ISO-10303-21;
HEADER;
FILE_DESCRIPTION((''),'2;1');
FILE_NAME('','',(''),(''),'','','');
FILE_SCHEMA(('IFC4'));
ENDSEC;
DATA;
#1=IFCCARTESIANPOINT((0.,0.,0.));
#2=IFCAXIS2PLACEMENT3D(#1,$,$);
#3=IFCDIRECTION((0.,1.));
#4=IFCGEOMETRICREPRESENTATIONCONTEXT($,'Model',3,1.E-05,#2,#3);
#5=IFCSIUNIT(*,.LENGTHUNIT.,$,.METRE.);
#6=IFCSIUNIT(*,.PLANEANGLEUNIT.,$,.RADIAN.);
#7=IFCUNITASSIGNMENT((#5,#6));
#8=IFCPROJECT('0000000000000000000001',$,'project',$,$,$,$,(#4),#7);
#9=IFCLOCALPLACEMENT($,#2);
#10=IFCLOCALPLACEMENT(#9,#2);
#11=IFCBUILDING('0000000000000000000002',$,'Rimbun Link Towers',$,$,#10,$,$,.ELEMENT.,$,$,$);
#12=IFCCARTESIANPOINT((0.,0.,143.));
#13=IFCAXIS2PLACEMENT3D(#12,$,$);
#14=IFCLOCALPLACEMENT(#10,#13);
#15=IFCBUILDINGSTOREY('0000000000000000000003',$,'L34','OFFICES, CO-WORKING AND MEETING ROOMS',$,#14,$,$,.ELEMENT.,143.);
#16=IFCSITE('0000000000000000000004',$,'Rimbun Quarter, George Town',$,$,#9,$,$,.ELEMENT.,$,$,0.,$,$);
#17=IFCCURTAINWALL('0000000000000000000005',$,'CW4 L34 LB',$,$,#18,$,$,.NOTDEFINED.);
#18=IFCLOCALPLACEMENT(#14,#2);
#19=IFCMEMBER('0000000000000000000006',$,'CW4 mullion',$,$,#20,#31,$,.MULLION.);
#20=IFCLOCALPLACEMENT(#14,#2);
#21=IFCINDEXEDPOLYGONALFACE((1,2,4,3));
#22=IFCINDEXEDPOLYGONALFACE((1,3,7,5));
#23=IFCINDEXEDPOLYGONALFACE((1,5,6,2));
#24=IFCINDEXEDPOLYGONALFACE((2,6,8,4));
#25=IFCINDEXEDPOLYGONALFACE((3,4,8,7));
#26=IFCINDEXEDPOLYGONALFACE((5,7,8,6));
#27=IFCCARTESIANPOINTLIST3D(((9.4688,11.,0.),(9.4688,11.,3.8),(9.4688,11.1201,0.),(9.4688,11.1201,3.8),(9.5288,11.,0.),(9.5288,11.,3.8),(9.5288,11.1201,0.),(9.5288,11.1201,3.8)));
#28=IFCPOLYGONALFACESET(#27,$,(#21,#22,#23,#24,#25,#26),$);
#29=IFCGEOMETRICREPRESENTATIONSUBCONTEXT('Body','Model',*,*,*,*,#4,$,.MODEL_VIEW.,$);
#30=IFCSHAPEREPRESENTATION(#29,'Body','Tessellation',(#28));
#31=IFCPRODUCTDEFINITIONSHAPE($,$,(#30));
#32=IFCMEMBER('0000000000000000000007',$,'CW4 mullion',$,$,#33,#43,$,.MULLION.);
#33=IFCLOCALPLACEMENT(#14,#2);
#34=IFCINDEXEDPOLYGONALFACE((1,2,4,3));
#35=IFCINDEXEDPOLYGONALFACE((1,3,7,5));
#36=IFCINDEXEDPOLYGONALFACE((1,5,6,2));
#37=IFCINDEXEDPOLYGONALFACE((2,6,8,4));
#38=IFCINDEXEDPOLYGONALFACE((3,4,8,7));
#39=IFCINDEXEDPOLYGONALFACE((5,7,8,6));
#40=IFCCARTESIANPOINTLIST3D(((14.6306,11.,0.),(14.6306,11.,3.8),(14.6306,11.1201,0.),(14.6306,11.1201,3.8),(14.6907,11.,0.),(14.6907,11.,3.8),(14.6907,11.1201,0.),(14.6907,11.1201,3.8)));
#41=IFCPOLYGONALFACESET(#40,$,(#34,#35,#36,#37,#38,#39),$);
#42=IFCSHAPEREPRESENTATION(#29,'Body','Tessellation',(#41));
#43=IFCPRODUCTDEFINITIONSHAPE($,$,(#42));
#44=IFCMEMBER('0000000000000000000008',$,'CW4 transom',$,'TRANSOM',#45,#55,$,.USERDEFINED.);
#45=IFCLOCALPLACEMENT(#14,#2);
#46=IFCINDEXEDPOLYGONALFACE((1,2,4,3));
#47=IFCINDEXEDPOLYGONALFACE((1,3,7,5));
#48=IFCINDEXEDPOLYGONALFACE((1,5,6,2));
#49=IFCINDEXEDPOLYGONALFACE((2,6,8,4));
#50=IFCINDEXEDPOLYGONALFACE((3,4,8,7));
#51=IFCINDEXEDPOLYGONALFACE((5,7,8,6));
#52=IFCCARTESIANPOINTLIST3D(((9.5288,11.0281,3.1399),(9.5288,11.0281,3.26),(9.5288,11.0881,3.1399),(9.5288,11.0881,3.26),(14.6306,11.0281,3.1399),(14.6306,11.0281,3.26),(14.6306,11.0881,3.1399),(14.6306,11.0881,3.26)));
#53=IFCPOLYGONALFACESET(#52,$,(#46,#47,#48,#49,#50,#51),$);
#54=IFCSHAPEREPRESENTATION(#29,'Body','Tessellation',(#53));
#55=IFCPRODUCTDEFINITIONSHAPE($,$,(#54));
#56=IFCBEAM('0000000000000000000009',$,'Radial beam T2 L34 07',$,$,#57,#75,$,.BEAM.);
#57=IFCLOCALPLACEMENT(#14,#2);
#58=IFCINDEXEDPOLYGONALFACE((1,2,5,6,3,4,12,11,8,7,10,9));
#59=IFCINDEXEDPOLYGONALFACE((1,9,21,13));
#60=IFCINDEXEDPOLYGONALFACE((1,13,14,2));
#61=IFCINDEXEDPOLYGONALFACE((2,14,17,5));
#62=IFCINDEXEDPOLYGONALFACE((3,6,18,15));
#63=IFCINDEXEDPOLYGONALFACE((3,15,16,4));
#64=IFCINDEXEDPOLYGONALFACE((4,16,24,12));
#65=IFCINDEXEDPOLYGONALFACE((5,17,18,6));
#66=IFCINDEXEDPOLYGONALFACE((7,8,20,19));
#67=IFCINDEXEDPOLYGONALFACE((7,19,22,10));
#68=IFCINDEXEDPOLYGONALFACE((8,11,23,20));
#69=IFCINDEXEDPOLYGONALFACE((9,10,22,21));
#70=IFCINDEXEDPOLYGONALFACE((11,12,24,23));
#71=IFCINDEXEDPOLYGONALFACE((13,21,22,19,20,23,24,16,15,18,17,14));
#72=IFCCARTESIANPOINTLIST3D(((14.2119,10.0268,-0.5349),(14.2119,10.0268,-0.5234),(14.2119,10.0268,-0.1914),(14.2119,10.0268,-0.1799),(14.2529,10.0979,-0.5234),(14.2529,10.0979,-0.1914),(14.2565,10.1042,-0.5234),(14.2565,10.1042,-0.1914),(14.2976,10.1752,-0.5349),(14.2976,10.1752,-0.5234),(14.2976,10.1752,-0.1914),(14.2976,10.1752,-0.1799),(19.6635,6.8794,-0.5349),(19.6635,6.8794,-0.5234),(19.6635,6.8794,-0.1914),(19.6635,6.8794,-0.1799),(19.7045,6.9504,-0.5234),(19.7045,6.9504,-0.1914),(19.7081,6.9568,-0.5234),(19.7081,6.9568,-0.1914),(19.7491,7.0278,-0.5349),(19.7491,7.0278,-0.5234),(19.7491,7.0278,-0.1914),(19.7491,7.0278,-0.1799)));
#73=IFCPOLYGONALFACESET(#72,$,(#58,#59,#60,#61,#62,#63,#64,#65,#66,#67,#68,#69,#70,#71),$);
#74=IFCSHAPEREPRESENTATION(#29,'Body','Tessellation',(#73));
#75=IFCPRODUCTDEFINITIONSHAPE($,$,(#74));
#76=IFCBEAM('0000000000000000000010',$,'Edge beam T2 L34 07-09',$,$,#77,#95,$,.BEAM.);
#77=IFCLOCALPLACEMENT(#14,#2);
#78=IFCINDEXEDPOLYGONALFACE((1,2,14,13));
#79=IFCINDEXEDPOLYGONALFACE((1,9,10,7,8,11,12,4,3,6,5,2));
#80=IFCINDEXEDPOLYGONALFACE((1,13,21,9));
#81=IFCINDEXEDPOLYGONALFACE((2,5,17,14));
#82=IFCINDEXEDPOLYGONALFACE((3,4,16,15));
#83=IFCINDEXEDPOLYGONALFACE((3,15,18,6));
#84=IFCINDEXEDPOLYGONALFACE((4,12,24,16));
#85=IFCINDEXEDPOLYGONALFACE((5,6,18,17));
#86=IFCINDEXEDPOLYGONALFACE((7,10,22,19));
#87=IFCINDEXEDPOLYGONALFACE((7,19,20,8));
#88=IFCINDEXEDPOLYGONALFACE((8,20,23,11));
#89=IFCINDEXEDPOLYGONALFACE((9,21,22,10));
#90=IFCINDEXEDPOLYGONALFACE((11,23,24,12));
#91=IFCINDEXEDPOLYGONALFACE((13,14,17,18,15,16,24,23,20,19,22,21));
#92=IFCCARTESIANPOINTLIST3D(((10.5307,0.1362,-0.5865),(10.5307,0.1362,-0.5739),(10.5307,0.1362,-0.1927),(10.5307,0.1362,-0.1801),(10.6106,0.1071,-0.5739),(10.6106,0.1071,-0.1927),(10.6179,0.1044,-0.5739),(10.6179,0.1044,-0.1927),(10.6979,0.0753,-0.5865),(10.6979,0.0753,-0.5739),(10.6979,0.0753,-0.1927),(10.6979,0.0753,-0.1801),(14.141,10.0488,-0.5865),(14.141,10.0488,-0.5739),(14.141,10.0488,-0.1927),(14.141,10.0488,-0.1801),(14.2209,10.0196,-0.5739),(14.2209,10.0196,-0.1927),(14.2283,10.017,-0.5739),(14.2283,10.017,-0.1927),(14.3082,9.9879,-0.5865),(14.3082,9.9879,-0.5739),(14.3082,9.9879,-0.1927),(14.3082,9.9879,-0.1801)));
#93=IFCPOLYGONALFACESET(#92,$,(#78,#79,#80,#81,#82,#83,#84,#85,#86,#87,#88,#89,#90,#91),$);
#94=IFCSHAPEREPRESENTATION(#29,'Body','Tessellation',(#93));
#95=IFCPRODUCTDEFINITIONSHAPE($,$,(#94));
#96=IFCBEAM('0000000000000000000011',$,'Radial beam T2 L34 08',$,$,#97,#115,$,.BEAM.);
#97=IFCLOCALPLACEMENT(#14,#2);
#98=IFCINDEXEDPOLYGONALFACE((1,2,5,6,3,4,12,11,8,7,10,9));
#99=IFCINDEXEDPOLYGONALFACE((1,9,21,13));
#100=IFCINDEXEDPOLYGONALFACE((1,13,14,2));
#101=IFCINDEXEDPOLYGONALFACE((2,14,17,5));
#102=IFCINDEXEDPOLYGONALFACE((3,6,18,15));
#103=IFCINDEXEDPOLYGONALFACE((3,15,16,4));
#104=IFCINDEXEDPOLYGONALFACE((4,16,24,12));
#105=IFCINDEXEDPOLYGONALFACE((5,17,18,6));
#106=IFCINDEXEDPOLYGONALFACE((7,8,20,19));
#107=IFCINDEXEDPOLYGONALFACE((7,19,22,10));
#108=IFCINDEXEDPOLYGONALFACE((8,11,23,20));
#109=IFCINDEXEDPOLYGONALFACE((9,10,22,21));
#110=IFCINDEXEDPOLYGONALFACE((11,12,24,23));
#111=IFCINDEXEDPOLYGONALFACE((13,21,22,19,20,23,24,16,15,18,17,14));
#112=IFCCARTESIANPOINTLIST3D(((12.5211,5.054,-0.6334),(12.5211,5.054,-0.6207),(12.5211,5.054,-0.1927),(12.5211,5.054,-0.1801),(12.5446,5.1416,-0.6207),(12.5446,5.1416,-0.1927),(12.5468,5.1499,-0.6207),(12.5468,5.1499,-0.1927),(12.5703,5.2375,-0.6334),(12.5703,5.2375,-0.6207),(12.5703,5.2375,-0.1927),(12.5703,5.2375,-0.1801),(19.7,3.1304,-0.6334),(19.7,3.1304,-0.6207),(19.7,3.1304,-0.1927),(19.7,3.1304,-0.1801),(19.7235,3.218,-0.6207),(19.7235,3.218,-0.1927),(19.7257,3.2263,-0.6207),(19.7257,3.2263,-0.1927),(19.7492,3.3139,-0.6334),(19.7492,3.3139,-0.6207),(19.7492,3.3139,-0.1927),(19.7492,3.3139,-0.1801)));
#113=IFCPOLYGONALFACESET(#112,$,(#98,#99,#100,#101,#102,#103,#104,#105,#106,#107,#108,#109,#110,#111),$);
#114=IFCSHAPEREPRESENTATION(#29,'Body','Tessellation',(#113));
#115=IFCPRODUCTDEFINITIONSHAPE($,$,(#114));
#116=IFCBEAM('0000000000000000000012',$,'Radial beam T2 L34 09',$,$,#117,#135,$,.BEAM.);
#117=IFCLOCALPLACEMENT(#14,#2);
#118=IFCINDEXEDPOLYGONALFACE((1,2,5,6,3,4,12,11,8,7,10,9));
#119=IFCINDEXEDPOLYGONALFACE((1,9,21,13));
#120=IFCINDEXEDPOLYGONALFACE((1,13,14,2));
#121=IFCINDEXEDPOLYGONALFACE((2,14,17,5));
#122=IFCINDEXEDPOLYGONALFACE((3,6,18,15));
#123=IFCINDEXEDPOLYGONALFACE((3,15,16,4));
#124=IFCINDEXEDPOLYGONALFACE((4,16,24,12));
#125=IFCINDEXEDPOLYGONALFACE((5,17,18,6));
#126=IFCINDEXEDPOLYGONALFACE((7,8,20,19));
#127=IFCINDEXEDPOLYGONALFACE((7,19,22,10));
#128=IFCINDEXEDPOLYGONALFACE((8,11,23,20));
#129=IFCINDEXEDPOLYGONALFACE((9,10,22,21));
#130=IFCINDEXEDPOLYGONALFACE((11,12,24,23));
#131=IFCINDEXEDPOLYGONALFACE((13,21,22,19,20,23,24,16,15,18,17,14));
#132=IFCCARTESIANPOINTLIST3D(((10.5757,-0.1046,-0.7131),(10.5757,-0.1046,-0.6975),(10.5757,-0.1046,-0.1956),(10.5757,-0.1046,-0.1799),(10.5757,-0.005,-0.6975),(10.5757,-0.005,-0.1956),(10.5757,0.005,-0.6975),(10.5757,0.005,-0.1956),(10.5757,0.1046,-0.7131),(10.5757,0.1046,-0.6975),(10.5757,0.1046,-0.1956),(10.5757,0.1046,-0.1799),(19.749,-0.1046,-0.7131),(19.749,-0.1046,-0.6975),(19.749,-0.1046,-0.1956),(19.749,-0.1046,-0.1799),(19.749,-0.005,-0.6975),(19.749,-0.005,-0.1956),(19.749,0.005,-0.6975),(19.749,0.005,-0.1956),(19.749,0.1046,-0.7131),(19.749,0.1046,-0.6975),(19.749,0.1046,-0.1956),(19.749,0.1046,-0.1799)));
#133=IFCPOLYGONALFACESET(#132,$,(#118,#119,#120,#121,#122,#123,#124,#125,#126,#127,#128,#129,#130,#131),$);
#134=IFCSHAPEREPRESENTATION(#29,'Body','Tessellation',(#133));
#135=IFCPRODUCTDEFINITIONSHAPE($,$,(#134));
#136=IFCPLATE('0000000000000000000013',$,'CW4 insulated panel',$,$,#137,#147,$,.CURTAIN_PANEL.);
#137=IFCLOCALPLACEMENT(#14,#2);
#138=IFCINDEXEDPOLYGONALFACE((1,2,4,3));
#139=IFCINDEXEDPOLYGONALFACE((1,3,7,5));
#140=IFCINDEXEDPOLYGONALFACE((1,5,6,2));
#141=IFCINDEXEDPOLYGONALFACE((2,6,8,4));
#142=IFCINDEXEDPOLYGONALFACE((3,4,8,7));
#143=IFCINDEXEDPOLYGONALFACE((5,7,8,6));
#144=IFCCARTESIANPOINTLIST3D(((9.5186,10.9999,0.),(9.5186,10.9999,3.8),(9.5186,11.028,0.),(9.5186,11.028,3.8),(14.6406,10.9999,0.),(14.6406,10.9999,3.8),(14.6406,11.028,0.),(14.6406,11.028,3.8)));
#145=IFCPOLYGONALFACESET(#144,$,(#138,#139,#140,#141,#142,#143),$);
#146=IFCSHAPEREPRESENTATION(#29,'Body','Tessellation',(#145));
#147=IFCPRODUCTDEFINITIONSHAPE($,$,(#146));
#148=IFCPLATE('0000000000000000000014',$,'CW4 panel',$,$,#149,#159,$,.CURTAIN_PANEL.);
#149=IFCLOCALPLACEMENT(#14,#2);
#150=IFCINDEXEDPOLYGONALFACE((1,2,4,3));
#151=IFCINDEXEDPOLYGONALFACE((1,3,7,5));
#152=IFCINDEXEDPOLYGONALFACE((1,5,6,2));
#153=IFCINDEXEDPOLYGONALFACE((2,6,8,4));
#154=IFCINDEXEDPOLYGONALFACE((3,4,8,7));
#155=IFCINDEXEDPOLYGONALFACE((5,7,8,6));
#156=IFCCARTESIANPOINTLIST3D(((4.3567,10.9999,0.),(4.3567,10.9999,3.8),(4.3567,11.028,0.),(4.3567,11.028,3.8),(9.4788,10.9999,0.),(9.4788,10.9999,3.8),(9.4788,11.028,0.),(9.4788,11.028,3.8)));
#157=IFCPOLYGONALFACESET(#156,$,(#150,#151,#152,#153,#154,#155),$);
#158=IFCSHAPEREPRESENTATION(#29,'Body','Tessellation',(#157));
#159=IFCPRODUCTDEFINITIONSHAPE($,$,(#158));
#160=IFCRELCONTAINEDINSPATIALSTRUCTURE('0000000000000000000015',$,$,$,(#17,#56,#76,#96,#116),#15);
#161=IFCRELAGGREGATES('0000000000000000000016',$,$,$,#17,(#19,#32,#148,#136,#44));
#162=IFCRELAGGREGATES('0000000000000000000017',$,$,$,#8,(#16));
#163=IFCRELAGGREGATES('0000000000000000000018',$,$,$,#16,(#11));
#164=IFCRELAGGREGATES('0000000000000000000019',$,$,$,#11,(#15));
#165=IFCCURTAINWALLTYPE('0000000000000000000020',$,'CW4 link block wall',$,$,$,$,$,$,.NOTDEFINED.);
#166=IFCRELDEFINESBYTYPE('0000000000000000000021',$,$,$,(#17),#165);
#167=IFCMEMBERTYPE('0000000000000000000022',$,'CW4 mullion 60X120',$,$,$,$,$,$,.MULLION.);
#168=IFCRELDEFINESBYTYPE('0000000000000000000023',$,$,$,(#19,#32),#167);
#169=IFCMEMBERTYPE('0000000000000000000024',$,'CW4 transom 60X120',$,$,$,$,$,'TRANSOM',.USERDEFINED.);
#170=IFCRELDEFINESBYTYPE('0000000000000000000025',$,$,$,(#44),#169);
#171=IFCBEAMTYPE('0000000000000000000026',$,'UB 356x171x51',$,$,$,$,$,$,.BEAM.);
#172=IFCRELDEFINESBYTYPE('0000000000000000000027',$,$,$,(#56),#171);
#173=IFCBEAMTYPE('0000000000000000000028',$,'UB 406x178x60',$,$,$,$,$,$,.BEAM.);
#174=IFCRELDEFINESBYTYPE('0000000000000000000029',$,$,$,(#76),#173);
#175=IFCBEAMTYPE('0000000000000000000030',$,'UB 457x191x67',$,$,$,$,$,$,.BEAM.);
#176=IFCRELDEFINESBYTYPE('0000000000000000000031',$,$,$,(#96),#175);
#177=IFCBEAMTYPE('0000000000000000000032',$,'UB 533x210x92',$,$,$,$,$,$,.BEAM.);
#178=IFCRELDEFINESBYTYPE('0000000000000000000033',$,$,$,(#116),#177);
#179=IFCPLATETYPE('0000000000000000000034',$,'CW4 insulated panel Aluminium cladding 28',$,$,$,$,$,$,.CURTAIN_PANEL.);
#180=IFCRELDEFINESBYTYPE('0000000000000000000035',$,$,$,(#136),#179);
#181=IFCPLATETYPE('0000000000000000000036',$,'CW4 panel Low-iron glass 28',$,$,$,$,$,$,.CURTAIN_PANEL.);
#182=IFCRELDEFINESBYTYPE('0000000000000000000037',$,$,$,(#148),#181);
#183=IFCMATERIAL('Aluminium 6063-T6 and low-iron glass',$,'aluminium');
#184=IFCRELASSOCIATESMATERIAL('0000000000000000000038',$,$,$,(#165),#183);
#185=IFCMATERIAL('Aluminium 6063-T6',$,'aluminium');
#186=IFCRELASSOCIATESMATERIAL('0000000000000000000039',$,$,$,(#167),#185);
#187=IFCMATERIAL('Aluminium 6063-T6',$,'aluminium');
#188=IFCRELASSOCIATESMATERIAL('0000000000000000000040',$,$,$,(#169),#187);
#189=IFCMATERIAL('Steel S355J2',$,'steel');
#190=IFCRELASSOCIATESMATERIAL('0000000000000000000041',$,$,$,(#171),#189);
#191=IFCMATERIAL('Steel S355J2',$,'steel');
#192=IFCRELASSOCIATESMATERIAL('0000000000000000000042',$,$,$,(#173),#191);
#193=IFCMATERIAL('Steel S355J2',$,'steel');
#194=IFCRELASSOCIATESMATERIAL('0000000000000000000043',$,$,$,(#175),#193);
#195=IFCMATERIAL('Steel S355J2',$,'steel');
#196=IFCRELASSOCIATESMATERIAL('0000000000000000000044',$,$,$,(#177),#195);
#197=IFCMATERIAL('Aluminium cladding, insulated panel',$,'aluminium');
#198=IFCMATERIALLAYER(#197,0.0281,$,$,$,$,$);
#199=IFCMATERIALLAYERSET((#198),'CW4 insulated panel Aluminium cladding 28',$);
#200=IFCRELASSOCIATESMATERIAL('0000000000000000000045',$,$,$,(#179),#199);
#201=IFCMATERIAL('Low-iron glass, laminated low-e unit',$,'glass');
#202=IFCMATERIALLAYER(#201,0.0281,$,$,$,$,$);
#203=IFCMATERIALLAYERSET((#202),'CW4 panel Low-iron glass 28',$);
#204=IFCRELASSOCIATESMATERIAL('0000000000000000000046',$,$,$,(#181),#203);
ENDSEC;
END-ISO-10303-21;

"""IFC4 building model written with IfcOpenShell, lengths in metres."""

from ifc_helpers import new_model, si_unit, direction, frame, origin, origin_2d, place, context, subcontext, project, spatial, rectangle, i_section, extrude, material, layer, layer_set, material_profile, profile_set, type_object, element, aggregate, save


model = new_model("IFC4")

# Units and contexts
model_context = context("Model", 3, precision=1e-05, world=origin(), true_north=direction((0.0, 1.0)))
body_context = subcontext(model_context, "Body", "Model", "MODEL_VIEW")
ifc_project = project(units=[si_unit("LENGTHUNIT", "METRE"), si_unit("PLANEANGLEUNIT", "RADIAN")], contexts=[model_context])

# Site, building, storey
site_placement = place(None, origin())
site = spatial("IfcSite", under=ifc_project, at=site_placement, Name="Rimbun Quarter, George Town", CompositionType="ELEMENT", RefElevation=0.0)
building_placement = place(site_placement, origin())
building = spatial("IfcBuilding", under=site, at=building_placement, Name="Rimbun Link Towers", CompositionType="ELEMENT")
storey_placement = place(building_placement, frame((0.0, 0.0, 143.0)))
storey = spatial("IfcBuildingStorey", under=building, at=storey_placement, Name="L34", Description="OFFICES, CO-WORKING AND MEETING ROOMS", CompositionType="ELEMENT", Elevation=143.0)

# Curtain wall, members
ifc_material_1 = material(Name="Aluminium 6063-T6 and low-iron glass", Category="aluminium")
curtain_wall_type = type_object("IfcCurtainWallType", Name="CW4 link block wall", PredefinedType="NOTDEFINED", material=ifc_material_1)
curtain_wall_placement = place(storey_placement, origin())
curtain_wall = element("IfcCurtainWall", 1, at=curtain_wall_placement, inside=storey, type_object=curtain_wall_type, Name="CW4 L34 LB", PredefinedType="NOTDEFINED")
ifc_material_2 = material(Name="Aluminium 6063-T6", Category="aluminium")
ifc_material_profile_1 = material_profile(ifc_material_2, rectangle(XDim=0.1201, YDim=0.0601, at=origin_2d()), Name="MULLION 60X120")
ifc_profile_set_1 = profile_set([ifc_material_profile_1], Name="Aluminium 6063-T6")
member_type_1 = type_object("IfcMemberType", Name="CW4 mullion 60X120", PredefinedType="MULLION", material=ifc_profile_set_1)
member_1_placement = place(storey_placement, frame((9.4988, 11.0601, 0.0), z_axis=(0.0, 0.0, 1.0), x_axis=(0.0, 1.0, 0.0)))
member_1 = element("IfcMember", 2, at=member_1_placement, type_object=member_type_1, Name="CW4 mullion", PredefinedType="MULLION", context=body_context, shape_type="SweptSolid", body=[
    extrude(rectangle(XDim=0.1201, YDim=0.0601, at=origin_2d()), origin(), (0.0, 0.0, 1.0), 3.8),
])
member_2_placement = place(storey_placement, frame((14.6606, 11.0601, 0.0), z_axis=(0.0, 0.0, 1.0), x_axis=(0.0, 1.0, 0.0)))
member_2 = element("IfcMember", 3, at=member_2_placement, type_object=member_type_1, Name="CW4 mullion", PredefinedType="MULLION", context=body_context, shape_type="SweptSolid", body=[
    extrude(rectangle(XDim=0.1201, YDim=0.0601, at=origin_2d()), origin(), (0.0, 0.0, 1.0), 3.8),
])
ifc_material_3 = material(Name="Aluminium 6063-T6", Category="aluminium")
ifc_material_profile_2 = material_profile(ifc_material_3, rectangle(XDim=0.0601, YDim=0.1201, at=origin_2d()), Name="TRANSOM 60X120")
ifc_profile_set_2 = profile_set([ifc_material_profile_2], Name="Aluminium 6063-T6")
member_type_2 = type_object("IfcMemberType", Name="CW4 transom 60X120", ElementType="TRANSOM", PredefinedType="USERDEFINED", material=ifc_profile_set_2)
member_3_placement = place(storey_placement, frame((9.5288, 11.0581, 3.2), z_axis=(1.0, 0.0, 0.0), x_axis=(0.0, 1.0, 0.0)))
member_3 = element("IfcMember", 4, at=member_3_placement, type_object=member_type_2, Name="CW4 transom", ObjectType="TRANSOM", PredefinedType="USERDEFINED", context=body_context, shape_type="SweptSolid", body=[
    extrude(rectangle(XDim=0.0601, YDim=0.1201, at=origin_2d()), origin(), (0.0, 0.0, 1.0), 5.1018),
])

# Beams
ifc_material_4 = material(Name="Steel S355J2", Category="steel")
ifc_material_profile_3 = material_profile(ifc_material_4, i_section(OverallWidth=0.1714, OverallDepth=0.355, WebThickness=0.0073, FlangeThickness=0.0115, at=origin_2d()), Name="UB 356x171x51")
ifc_profile_set_3 = profile_set([ifc_material_profile_3], Name="Steel S355J2")
beam_type_1 = type_object("IfcBeamType", Name="UB 356x171x51", PredefinedType="BEAM", material=ifc_profile_set_3)
beam_1_placement = place(storey_placement, frame((19.7063, 6.9536, -0.3574), z_axis=(-0.866029, 0.499993, 0.0), x_axis=(-0.499993, -0.866029, 0.0)))
element("IfcBeam", 5, at=beam_1_placement, inside=storey, type_object=beam_type_1, Name="Radial beam T2 L34 07", PredefinedType="BEAM", context=body_context, shape_type="SweptSolid", body=[
    extrude(i_section(OverallWidth=0.1714, OverallDepth=0.355, WebThickness=0.0073, FlangeThickness=0.0115, at=origin_2d()), origin(), (0.0, 0.0, 1.0), 6.2949),
])
ifc_material_5 = material(Name="Steel S355J2", Category="steel")
ifc_material_profile_4 = material_profile(ifc_material_5, i_section(OverallWidth=0.178, OverallDepth=0.4065, WebThickness=0.0078, FlangeThickness=0.0127, at=origin_2d()), Name="UB 406x178x60")
ifc_profile_set_4 = profile_set([ifc_material_profile_4], Name="Steel S355J2")
beam_type_2 = type_object("IfcBeamType", Name="UB 406x178x60", PredefinedType="BEAM", material=ifc_profile_set_4)
beam_2_placement = place(storey_placement, frame((14.2246, 10.0183, -0.3833), z_axis=(-0.342226, -0.939618, 0.0), x_axis=(0.939618, -0.342226, 0.0)))
element("IfcBeam", 6, at=beam_2_placement, inside=storey, type_object=beam_type_2, Name="Edge beam T2 L34 07-09", PredefinedType="BEAM", context=body_context, shape_type="SweptSolid", body=[
    extrude(i_section(OverallWidth=0.178, OverallDepth=0.4065, WebThickness=0.0078, FlangeThickness=0.0127, at=origin_2d()), origin(), (0.0, 0.0, 1.0), 10.5496),
])
ifc_material_6 = material(Name="Steel S355J2", Category="steel")
ifc_material_profile_5 = material_profile(ifc_material_6, i_section(OverallWidth=0.1899, OverallDepth=0.4534, WebThickness=0.0085, FlangeThickness=0.0127, at=origin_2d()), Name="UB 457x191x67")
ifc_profile_set_5 = profile_set([ifc_material_profile_5], Name="Steel S355J2")
beam_type_3 = type_object("IfcBeamType", Name="UB 457x191x67", PredefinedType="BEAM", material=ifc_profile_set_5)
beam_3_placement = place(storey_placement, frame((19.7246, 3.2222, -0.4067), z_axis=(-0.965926, 0.258818, 0.0), x_axis=(-0.258818, -0.965926, 0.0)))
element("IfcBeam", 7, at=beam_3_placement, inside=storey, type_object=beam_type_3, Name="Radial beam T2 L34 08", PredefinedType="BEAM", context=body_context, shape_type="SweptSolid", body=[
    extrude(i_section(OverallWidth=0.1899, OverallDepth=0.4534, WebThickness=0.0085, FlangeThickness=0.0127, at=origin_2d()), origin(), (0.0, 0.0, 1.0), 7.4321),
])
ifc_material_7 = material(Name="Steel S355J2", Category="steel")
ifc_material_profile_6 = material_profile(ifc_material_7, i_section(OverallWidth=0.2092, OverallDepth=0.5332, WebThickness=0.01, FlangeThickness=0.0156, at=origin_2d()), Name="UB 533x210x92")
ifc_profile_set_6 = profile_set([ifc_material_profile_6], Name="Steel S355J2")
beam_type_4 = type_object("IfcBeamType", Name="UB 533x210x92", PredefinedType="BEAM", material=ifc_profile_set_6)
beam_4_placement = place(storey_placement, frame((19.749, 0.0, -0.4465), z_axis=(-1.0, 0.0, 0.0), x_axis=(0.0, -1.0, 0.0)))
element("IfcBeam", 8, at=beam_4_placement, inside=storey, type_object=beam_type_4, Name="Radial beam T2 L34 09", PredefinedType="BEAM", context=body_context, shape_type="SweptSolid", body=[
    extrude(i_section(OverallWidth=0.2092, OverallDepth=0.5332, WebThickness=0.01, FlangeThickness=0.0156, at=origin_2d()), origin(), (0.0, 0.0, 1.0), 9.1733),
])

# Plates
ifc_material_8 = material(Name="Aluminium cladding, insulated panel", Category="aluminium")
ifc_layer_1 = layer(ifc_material_8, 0.0281)
ifc_layer_set_1 = layer_set([ifc_layer_1], Name="CW4 insulated panel Aluminium cladding 28")
plate_type_1 = type_object("IfcPlateType", Name="CW4 insulated panel Aluminium cladding 28", PredefinedType="CURTAIN_PANEL", material=ifc_layer_set_1)
plate_1_placement = place(storey_placement, frame((12.0796, 11.0139, 0.0), z_axis=(0.0, 0.0, 1.0), x_axis=(1.0, 0.0, 0.0)))
plate_1 = element("IfcPlate", 9, at=plate_1_placement, type_object=plate_type_1, Name="CW4 insulated panel", PredefinedType="CURTAIN_PANEL", context=body_context, shape_type="SweptSolid", body=[
    extrude(rectangle(XDim=5.1221, YDim=0.0281, at=origin_2d()), origin(), (0.0, 0.0, 1.0), 3.8),
])
ifc_material_9 = material(Name="Low-iron glass, laminated low-e unit", Category="glass")
ifc_layer_2 = layer(ifc_material_9, 0.0281)
ifc_layer_set_2 = layer_set([ifc_layer_2], Name="CW4 panel Low-iron glass 28")
plate_type_2 = type_object("IfcPlateType", Name="CW4 panel Low-iron glass 28", PredefinedType="CURTAIN_PANEL", material=ifc_layer_set_2)
plate_2_placement = place(storey_placement, frame((6.9177, 11.0139, 0.0), z_axis=(0.0, 0.0, 1.0), x_axis=(1.0, 0.0, 0.0)))
plate_2 = element("IfcPlate", 10, at=plate_2_placement, type_object=plate_type_2, Name="CW4 panel", PredefinedType="CURTAIN_PANEL", context=body_context, shape_type="SweptSolid", body=[
    extrude(rectangle(XDim=5.1221, YDim=0.0281, at=origin_2d()), origin(), (0.0, 0.0, 1.0), 3.8),
])
aggregate(curtain_wall, [member_1, member_2, plate_2, plate_1, member_3])

save(model, "model.ifc")
